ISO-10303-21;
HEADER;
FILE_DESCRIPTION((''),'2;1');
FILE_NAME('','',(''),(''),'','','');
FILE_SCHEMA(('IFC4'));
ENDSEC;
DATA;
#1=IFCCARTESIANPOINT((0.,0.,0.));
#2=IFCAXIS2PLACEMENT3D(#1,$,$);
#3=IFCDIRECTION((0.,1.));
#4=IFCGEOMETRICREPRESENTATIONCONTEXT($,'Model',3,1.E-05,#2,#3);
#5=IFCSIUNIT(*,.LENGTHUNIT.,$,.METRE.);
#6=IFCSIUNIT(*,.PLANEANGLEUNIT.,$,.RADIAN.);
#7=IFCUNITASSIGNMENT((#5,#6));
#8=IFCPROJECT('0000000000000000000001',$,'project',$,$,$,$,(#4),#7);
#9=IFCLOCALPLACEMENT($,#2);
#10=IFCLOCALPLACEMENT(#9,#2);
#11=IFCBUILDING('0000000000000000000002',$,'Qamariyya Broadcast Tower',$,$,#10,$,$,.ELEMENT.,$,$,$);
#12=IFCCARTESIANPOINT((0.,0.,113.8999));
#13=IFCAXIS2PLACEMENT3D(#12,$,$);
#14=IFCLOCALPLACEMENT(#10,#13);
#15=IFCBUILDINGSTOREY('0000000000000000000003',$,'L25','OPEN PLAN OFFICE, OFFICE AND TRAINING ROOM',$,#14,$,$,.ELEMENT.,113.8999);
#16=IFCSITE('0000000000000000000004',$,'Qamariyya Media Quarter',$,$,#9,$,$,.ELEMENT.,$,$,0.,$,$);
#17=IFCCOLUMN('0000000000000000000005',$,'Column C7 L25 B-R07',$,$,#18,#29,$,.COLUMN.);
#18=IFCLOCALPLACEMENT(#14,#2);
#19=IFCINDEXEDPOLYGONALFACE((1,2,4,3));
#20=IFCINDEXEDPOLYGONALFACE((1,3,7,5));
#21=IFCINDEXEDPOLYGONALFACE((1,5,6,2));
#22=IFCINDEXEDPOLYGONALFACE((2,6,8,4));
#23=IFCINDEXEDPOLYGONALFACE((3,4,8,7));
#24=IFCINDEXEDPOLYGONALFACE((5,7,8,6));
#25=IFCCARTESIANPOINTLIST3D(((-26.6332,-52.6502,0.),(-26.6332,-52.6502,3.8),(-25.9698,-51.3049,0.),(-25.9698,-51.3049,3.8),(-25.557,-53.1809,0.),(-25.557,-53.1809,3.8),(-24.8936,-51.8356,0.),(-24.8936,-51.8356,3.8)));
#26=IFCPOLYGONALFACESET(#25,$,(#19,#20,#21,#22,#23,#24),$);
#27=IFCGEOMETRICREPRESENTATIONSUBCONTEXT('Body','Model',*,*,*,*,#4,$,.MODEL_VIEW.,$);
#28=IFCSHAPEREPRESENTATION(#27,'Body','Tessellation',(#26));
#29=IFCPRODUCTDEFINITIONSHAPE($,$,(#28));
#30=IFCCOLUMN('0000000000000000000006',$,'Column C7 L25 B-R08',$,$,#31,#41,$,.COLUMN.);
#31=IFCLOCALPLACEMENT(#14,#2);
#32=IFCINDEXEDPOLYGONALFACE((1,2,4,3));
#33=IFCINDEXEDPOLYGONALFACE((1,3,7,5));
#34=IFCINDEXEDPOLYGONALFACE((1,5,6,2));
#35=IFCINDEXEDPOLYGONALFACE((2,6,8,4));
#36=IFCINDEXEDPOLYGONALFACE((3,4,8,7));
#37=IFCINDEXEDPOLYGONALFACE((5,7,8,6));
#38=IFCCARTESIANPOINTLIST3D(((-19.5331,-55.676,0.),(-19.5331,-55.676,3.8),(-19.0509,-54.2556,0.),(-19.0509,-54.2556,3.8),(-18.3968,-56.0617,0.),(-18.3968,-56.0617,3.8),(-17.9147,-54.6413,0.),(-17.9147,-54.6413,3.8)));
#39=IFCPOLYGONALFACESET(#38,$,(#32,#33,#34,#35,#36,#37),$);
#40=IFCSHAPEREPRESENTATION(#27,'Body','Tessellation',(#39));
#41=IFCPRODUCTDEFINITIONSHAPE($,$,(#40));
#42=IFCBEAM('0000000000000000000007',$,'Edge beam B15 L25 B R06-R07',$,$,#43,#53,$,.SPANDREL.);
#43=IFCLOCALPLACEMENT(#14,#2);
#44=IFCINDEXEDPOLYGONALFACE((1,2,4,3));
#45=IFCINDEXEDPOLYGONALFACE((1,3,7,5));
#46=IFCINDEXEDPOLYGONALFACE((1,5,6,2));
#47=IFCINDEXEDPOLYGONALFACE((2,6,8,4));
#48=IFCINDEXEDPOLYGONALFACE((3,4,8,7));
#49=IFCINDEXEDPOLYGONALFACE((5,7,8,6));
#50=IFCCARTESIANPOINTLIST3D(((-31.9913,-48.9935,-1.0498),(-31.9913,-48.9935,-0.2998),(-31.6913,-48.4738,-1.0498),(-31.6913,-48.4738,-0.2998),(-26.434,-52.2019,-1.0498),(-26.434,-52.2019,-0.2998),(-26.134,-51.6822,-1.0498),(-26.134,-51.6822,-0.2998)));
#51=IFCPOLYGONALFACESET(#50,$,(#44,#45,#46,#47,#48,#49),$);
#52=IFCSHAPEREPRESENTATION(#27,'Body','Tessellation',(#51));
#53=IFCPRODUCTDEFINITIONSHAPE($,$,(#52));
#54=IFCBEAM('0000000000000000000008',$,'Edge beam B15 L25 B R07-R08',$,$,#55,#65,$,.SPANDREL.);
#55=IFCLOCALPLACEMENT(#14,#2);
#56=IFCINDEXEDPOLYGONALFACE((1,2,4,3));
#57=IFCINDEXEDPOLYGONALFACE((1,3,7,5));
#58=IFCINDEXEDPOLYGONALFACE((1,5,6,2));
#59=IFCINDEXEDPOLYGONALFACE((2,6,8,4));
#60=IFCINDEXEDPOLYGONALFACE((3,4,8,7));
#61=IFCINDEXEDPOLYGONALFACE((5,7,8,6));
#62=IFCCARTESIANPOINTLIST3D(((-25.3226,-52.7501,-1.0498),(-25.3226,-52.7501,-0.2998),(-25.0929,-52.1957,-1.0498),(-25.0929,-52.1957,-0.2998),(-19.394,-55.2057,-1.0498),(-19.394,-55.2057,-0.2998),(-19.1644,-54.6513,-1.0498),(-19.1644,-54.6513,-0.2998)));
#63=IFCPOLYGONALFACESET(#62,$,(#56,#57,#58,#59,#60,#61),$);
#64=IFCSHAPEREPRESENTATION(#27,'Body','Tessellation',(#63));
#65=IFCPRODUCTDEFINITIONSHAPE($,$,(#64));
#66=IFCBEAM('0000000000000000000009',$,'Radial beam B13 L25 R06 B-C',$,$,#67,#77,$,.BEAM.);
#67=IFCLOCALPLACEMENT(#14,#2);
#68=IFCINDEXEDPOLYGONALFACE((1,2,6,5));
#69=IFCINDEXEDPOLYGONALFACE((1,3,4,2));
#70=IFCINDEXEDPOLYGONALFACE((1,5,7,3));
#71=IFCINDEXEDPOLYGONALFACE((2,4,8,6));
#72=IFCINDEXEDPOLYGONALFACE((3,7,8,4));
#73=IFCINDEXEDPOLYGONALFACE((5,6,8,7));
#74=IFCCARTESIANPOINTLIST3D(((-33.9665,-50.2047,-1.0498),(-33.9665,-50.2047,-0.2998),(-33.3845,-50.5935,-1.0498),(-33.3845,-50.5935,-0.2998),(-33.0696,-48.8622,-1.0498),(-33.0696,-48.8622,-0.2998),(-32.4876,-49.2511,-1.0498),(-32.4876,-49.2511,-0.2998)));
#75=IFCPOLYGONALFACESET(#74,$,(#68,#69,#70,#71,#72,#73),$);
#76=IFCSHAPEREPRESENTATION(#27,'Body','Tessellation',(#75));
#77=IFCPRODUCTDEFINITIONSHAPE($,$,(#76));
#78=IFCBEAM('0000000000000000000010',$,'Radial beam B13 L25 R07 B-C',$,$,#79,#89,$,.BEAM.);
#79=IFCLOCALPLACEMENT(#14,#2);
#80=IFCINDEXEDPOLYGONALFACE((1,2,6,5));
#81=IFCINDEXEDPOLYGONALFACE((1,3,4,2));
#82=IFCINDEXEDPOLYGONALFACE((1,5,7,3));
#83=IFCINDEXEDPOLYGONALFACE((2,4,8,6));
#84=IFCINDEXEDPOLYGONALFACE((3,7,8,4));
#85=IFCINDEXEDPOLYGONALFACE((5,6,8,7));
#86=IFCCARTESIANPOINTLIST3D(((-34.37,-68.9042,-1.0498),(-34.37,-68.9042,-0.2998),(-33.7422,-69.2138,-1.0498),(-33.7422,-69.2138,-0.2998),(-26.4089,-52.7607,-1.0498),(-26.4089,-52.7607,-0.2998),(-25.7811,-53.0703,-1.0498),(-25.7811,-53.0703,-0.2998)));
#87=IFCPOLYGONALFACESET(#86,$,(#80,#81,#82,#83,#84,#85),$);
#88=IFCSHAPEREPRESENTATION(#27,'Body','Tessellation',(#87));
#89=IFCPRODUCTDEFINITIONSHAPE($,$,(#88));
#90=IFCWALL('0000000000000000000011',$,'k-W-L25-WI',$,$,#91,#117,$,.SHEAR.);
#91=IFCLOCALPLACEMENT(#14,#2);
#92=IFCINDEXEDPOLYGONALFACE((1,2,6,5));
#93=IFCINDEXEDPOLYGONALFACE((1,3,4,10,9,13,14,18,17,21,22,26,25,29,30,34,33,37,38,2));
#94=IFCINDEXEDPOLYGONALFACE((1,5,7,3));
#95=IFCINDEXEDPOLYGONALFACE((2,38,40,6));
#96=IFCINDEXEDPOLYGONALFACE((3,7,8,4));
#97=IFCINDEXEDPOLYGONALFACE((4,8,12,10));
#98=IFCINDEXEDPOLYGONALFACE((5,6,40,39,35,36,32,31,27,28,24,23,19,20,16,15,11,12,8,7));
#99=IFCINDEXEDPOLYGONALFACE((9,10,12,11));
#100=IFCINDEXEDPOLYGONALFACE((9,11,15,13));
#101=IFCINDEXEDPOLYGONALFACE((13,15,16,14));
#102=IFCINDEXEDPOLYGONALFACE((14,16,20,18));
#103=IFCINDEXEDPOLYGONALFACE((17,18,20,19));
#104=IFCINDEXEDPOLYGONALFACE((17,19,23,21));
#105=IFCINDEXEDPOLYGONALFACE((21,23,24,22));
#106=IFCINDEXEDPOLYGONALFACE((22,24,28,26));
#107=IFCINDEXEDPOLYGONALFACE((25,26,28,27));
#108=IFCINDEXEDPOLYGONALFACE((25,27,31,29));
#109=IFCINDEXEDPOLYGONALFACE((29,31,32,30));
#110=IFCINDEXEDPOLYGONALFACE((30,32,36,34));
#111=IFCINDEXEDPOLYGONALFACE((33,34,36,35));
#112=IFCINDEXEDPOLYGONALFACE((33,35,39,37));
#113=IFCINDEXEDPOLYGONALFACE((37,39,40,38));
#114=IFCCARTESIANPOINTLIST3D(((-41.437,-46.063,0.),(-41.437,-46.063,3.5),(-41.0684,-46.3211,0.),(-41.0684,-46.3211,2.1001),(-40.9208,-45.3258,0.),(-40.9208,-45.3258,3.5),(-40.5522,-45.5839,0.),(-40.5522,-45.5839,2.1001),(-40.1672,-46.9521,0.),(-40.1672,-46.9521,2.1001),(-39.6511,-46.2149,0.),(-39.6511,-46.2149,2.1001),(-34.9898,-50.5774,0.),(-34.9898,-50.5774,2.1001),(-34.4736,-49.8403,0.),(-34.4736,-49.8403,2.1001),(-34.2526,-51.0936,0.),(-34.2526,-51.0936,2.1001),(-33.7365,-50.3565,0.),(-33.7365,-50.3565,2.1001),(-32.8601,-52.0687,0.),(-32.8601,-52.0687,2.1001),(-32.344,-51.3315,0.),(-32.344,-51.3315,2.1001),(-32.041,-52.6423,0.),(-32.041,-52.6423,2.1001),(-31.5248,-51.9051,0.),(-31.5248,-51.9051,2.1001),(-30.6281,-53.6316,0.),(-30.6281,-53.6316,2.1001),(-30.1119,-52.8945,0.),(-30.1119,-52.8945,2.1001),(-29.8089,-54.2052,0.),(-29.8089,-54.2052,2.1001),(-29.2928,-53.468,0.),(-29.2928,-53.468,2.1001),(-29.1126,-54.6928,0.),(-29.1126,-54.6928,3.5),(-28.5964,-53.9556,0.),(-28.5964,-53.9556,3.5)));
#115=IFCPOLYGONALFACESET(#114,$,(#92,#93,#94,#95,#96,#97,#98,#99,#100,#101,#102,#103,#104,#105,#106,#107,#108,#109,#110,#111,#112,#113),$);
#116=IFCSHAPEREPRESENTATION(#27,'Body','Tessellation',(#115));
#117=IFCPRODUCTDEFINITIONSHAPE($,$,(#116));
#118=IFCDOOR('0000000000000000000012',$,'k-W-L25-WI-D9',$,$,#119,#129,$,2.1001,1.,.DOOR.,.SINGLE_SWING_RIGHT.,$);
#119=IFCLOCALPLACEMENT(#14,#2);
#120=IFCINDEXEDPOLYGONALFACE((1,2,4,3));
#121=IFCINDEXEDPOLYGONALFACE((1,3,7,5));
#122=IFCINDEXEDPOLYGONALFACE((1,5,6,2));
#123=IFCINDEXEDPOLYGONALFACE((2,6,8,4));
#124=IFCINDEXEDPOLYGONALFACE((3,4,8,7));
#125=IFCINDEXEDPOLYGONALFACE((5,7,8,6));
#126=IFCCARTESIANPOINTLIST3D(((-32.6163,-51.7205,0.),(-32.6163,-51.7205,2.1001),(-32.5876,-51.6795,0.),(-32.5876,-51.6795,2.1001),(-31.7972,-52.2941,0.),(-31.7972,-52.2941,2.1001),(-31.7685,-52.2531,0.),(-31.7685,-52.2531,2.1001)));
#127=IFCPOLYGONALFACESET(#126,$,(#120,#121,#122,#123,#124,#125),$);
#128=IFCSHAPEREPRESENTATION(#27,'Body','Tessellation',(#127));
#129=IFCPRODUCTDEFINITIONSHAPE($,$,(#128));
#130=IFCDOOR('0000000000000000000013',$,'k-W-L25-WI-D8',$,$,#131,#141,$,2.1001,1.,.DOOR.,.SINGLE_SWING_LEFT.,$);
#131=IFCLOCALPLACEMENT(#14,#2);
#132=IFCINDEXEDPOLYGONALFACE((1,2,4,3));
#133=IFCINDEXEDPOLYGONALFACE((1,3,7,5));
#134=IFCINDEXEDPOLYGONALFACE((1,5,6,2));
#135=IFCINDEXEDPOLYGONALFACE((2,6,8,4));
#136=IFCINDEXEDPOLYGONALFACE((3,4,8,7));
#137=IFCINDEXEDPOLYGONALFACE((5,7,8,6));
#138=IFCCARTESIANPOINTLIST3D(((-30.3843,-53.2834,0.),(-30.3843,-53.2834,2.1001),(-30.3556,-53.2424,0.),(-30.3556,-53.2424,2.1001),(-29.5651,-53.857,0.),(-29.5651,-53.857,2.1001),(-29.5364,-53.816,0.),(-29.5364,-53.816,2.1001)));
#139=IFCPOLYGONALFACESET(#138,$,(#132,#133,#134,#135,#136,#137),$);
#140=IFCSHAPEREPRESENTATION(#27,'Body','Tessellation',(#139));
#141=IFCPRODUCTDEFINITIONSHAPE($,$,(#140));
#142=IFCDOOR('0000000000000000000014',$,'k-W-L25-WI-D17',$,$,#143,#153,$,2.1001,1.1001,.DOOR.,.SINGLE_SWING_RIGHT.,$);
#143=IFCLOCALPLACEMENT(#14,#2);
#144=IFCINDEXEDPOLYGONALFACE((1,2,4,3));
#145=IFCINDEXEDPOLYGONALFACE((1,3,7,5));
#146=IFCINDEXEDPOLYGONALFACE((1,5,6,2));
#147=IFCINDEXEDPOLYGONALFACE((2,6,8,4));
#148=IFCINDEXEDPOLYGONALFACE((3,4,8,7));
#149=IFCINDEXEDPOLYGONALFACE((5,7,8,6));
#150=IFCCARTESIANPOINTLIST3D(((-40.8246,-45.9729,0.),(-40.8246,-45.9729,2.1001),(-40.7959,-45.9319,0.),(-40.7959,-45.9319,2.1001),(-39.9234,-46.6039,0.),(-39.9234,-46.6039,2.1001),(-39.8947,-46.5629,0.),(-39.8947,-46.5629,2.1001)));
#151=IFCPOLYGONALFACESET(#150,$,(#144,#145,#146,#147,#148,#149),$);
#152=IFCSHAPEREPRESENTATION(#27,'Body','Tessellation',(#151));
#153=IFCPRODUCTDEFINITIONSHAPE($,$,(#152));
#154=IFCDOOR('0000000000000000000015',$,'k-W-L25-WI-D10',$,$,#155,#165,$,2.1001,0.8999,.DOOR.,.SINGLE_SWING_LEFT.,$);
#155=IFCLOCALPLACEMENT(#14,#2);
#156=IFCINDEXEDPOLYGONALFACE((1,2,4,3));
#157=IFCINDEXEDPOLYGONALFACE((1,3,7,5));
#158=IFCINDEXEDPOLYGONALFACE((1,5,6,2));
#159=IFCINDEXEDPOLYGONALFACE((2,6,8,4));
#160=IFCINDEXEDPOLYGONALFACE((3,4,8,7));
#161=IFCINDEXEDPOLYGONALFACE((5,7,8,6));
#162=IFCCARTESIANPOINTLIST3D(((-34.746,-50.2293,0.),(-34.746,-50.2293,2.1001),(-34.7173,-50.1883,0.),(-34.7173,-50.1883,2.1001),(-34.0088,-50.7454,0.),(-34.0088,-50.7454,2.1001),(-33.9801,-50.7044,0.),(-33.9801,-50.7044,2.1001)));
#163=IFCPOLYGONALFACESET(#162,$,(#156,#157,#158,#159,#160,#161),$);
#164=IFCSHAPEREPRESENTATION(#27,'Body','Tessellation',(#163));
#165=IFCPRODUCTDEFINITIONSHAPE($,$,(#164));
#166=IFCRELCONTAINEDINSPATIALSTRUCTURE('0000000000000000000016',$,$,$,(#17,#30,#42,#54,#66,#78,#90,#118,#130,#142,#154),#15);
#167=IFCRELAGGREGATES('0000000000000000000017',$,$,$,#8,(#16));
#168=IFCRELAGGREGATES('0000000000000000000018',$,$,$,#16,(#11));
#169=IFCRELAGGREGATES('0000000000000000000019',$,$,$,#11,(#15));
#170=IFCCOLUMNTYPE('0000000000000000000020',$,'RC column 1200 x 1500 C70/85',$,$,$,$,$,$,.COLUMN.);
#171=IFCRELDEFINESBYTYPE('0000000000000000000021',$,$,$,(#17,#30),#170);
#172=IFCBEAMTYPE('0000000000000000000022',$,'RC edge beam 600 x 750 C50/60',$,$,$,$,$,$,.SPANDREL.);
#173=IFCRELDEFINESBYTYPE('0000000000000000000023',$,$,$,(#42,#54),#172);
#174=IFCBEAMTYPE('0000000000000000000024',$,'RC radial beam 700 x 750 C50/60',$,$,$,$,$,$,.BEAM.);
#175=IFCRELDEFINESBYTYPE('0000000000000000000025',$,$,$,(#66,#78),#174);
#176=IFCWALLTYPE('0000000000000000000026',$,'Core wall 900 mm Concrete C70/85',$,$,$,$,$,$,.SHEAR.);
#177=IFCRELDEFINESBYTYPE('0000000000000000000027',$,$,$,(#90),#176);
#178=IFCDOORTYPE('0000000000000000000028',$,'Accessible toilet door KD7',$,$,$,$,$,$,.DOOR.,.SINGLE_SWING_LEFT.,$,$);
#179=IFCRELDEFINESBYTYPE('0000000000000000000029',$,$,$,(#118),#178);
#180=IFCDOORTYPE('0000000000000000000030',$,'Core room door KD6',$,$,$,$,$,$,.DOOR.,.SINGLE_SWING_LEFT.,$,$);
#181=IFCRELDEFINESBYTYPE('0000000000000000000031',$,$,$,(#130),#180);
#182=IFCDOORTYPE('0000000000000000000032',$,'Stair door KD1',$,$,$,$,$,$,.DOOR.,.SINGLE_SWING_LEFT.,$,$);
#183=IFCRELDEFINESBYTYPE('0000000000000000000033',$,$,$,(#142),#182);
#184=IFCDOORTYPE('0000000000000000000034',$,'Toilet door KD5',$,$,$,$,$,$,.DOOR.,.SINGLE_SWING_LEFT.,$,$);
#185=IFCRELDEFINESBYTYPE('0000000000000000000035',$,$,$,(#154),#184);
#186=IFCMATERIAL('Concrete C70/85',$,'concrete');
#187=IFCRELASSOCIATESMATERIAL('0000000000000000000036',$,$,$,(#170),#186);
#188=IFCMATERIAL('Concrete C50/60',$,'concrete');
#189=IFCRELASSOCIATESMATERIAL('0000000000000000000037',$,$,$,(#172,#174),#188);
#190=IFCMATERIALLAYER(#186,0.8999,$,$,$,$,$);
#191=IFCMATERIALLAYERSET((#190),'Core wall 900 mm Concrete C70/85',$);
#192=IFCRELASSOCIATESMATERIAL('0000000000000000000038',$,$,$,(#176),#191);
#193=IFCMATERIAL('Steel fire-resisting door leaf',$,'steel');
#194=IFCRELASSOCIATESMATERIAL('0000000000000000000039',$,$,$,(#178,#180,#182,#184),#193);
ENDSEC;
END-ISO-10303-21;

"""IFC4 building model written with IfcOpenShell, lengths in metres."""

from ifc_helpers import new_model, si_unit, direction, frame, frame_2d, origin, origin_2d, place, context, subcontext, project, spatial, rectangle, extrude, material, layer, layer_set, material_profile, profile_set, type_object, element, fill, save


model = new_model("IFC4")

# Units and contexts
model_context = context("Model", 3, precision=1e-05, world=origin(), true_north=direction((0.0, 1.0)))
body_context = subcontext(model_context, "Body", "Model", "MODEL_VIEW")
ifc_project = project(units=[si_unit("LENGTHUNIT", "METRE"), si_unit("PLANEANGLEUNIT", "RADIAN")], contexts=[model_context])

# Site, building, storey
site_placement = place(None, origin())
site = spatial("IfcSite", under=ifc_project, at=site_placement, Name="Qamariyya Media Quarter", CompositionType="ELEMENT", RefElevation=0.0)
building_placement = place(site_placement, origin())
building = spatial("IfcBuilding", under=site, at=building_placement, Name="Qamariyya Broadcast Tower", CompositionType="ELEMENT")
storey_placement = place(building_placement, frame((0.0, 0.0, 113.8999)))
storey = spatial("IfcBuildingStorey", under=building, at=storey_placement, Name="L25", Description="OPEN PLAN OFFICE, OFFICE AND TRAINING ROOM", CompositionType="ELEMENT", Elevation=113.8999)

# Columns
ifc_material_1 = material(Name="Concrete C70/85", Category="concrete")
ifc_material_profile_1 = material_profile(ifc_material_1, rectangle(XDim=1.2, YDim=1.5, at=origin_2d()))
ifc_profile_set_1 = profile_set([ifc_material_profile_1], Name="Concrete C70/85")
column_type = type_object("IfcColumnType", Name="RC column 1200 x 1500 C70/85", PredefinedType="COLUMN", material=ifc_profile_set_1)
for number, where, z_axis, x_axis, name in (
    (1, (-25.7634, -52.2429, 0.0), (0.0, 0.0, 1.0), (0.896873, -0.442289, 0.0), "Column C7 L25 B-R07"),
    (2, (-18.7239, -55.1587, 0.0), (0.0, 0.0, 1.0), (0.94693, -0.321439, 0.0), "Column C7 L25 B-R08"),
):
    element("IfcColumn", number, at=place(storey_placement, frame(where, z_axis=z_axis, x_axis=x_axis)), inside=storey, type_object=column_type, Name=name, PredefinedType="COLUMN", context=body_context, shape_type="SweptSolid", body=[
        extrude(rectangle(XDim=1.2, YDim=1.5, at=origin_2d()), origin(), (0.0, 0.0, 1.0), 3.8),
    ])

# Beams
ifc_material_2 = material(Name="Concrete C50/60", Category="concrete")
ifc_material_profile_2 = material_profile(ifc_material_2, rectangle(XDim=0.6001, YDim=0.75, at=origin_2d()))
ifc_profile_set_2 = profile_set([ifc_material_profile_2], Name="Concrete C50/60")
beam_type_1 = type_object("IfcBeamType", Name="RC edge beam 600 x 750 C50/60", PredefinedType="SPANDREL", material=ifc_profile_set_2)
for number, where, z_axis, x_axis, name in (
    (3, (-31.8413, -48.7336, -0.6748), (0.866029, -0.499994, 0.0), (0.499994, 0.866029, 0.0), "Edge beam B15 L25 B R06-R07"),
    (4, (-25.2078, -52.4729, -0.6748), (0.923884, -0.382672, 0.0), (0.382672, 0.923884, 0.0), "Edge beam B15 L25 B R07-R08"),
):
    element("IfcBeam", number, at=place(storey_placement, frame(where, z_axis=z_axis, x_axis=x_axis)), inside=storey, type_object=beam_type_1, Name=name, PredefinedType="SPANDREL", context=body_context, shape_type="SweptSolid", body=[
        extrude(rectangle(XDim=0.6001, YDim=0.75, at=origin_2d()), origin(), (0.0, 0.0, 1.0), 6.417),
    ])
ifc_material_profile_3 = material_profile(ifc_material_2, rectangle(XDim=0.7, YDim=0.75, at=origin_2d()))
ifc_profile_set_3 = profile_set([ifc_material_profile_3], Name="Concrete C50/60")
beam_type_2 = type_object("IfcBeamType", Name="RC radial beam 700 x 750 C50/60", PredefinedType="BEAM", material=ifc_profile_set_3)
beam_1_placement = place(storey_placement, frame((-32.7786, -49.0566, -0.6748), z_axis=(-0.555537, -0.831492, 0.0), x_axis=(0.831492, -0.555537, 0.0)))
element("IfcBeam", 5, at=beam_1_placement, inside=storey, type_object=beam_type_2, Name="Radial beam B13 L25 R06 B-C", PredefinedType="BEAM", context=body_context, shape_type="SweptSolid", body=[
    extrude(rectangle(XDim=0.7, YDim=0.75, at=origin_2d()), origin(), (0.0, 0.0, 1.0), 1.6145),
])
beam_2_placement = place(storey_placement, frame((-26.095, -52.9155, -0.6748), z_axis=(-0.442291, -0.896871, 0.0), x_axis=(0.896871, -0.442291, 0.0)))
element("IfcBeam", 6, at=beam_2_placement, inside=storey, type_object=beam_type_2, Name="Radial beam B13 L25 R07 B-C", PredefinedType="BEAM", context=body_context, shape_type="SweptSolid", body=[
    extrude(rectangle(XDim=0.7, YDim=0.75, at=origin_2d()), origin(), (0.0, 0.0, 1.0), 17.9998),
])

# Wall, openings, doors
ifc_layer_1 = layer(ifc_material_1, 0.8999)
ifc_layer_set_1 = layer_set([ifc_layer_1], Name="Core wall 900 mm Concrete C70/85")
wall_type_1 = type_object("IfcWallType", Name="Core wall 900 mm Concrete C70/85", PredefinedType="SHEAR", material=ifc_layer_set_1)
wall_1_placement = place(storey_placement, frame((-28.8545, -54.3242, 0.0), z_axis=(0.0, 0.0, 1.0), x_axis=(-0.819146, 0.573585, 0.0)))
wall_1 = element("IfcWall", 7, at=wall_1_placement, inside=storey, type_object=wall_type_1, Name="k-W-L25-WI", PredefinedType="SHEAR", context=body_context, shape_type="SweptSolid", body=[
    extrude(rectangle(XDim=15.0454, YDim=0.8999, at=frame_2d((7.5227, 0.0))), origin(), (0.0, 0.0, 1.0), 3.5),
])
opening_1_placement = place(wall_1_placement, frame((0.8501, 0.0, 0.0)))
opening_1 = element("IfcOpeningElement", 8, at=opening_1_placement, cuts=wall_1, PredefinedType="OPENING", context=body_context, shape_type="SweptSolid", body=[
    extrude(rectangle(XDim=1.0, YDim=2.1001, at=frame_2d((0.5, 1.05))), frame((0.0, 0.46, 0.0), z_axis=(0.0, -1.0, 0.0), x_axis=(1.0, 0.0, 0.0)), (0.0, 0.0, 1.0), 0.9199),
])
opening_2_placement = place(wall_1_placement, frame((3.575, 0.0, 0.0)))
opening_2 = element("IfcOpeningElement", 9, at=opening_2_placement, cuts=wall_1, PredefinedType="OPENING", context=body_context, shape_type="SweptSolid", body=[
    extrude(rectangle(XDim=1.0, YDim=2.1001, at=frame_2d((0.5, 1.05))), frame((0.0, 0.46, 0.0), z_axis=(0.0, -1.0, 0.0), x_axis=(1.0, 0.0, 0.0)), (0.0, 0.0, 1.0), 0.9199),
])
opening_3_placement = place(wall_1_placement, frame((6.2749, 0.0, 0.0)))
opening_3 = element("IfcOpeningElement", 10, at=opening_3_placement, cuts=wall_1, PredefinedType="OPENING", context=body_context, shape_type="SweptSolid", body=[
    extrude(rectangle(XDim=0.8999, YDim=2.1001, at=frame_2d((0.45, 1.05))), frame((0.0, 0.46, 0.0), z_axis=(0.0, -1.0, 0.0), x_axis=(1.0, 0.0, 0.0)), (0.0, 0.0, 1.0), 0.9199),
])
opening_4_placement = place(wall_1_placement, frame((13.4954, 0.0, 0.0)))
opening_4 = element("IfcOpeningElement", 11, at=opening_4_placement, cuts=wall_1, PredefinedType="OPENING", context=body_context, shape_type="SweptSolid", body=[
    extrude(rectangle(XDim=1.1001, YDim=2.1001, at=frame_2d((0.55, 1.05))), frame((0.0, 0.46, 0.0), z_axis=(0.0, -1.0, 0.0), x_axis=(1.0, 0.0, 0.0)), (0.0, 0.0, 1.0), 0.9199),
])
ifc_material_3 = material(Name="Steel fire-resisting door leaf", Category="steel")
door_type_1 = type_object("IfcDoorType", Name="Accessible toilet door KD7", OperationType="SINGLE_SWING_LEFT", PredefinedType="DOOR", material=ifc_material_3)
door_1_placement = place(opening_2_placement, origin())
door_1 = element("IfcDoor", 12, at=door_1_placement, inside=storey, type_object=door_type_1, Name="k-W-L25-WI-D9", OperationType="SINGLE_SWING_RIGHT", OverallHeight=2.1001, OverallWidth=1.0, PredefinedType="DOOR", context=body_context, shape_type="SweptSolid", body=[
    extrude(rectangle(XDim=1.0, YDim=2.1001, at=frame_2d((0.5, 1.05))), frame((0.0, 0.0249, 0.0), z_axis=(0.0, -1.0, 0.0), x_axis=(1.0, 0.0, 0.0)), (0.0, 0.0, 1.0), 0.05),
])
fill(opening_2, door_1)
door_type_2 = type_object("IfcDoorType", Name="Core room door KD6", OperationType="SINGLE_SWING_LEFT", PredefinedType="DOOR", material=ifc_material_3)
door_2_placement = place(opening_1_placement, origin())
door_2 = element("IfcDoor", 13, at=door_2_placement, inside=storey, type_object=door_type_2, Name="k-W-L25-WI-D8", OperationType="SINGLE_SWING_LEFT", OverallHeight=2.1001, OverallWidth=1.0, PredefinedType="DOOR", context=body_context, shape_type="SweptSolid", body=[
    extrude(rectangle(XDim=1.0, YDim=2.1001, at=frame_2d((0.5, 1.05))), frame((0.0, 0.0249, 0.0), z_axis=(0.0, -1.0, 0.0), x_axis=(1.0, 0.0, 0.0)), (0.0, 0.0, 1.0), 0.05),
])
fill(opening_1, door_2)
door_type_3 = type_object("IfcDoorType", Name="Stair door KD1", OperationType="SINGLE_SWING_LEFT", PredefinedType="DOOR", material=ifc_material_3)
door_3_placement = place(opening_4_placement, origin())
door_3 = element("IfcDoor", 14, at=door_3_placement, inside=storey, type_object=door_type_3, Name="k-W-L25-WI-D17", OperationType="SINGLE_SWING_RIGHT", OverallHeight=2.1001, OverallWidth=1.1001, PredefinedType="DOOR", context=body_context, shape_type="SweptSolid", body=[
    extrude(rectangle(XDim=1.1001, YDim=2.1001, at=frame_2d((0.55, 1.05))), frame((0.0, 0.0249, 0.0), z_axis=(0.0, -1.0, 0.0), x_axis=(1.0, 0.0, 0.0)), (0.0, 0.0, 1.0), 0.05),
])
fill(opening_4, door_3)
door_type_4 = type_object("IfcDoorType", Name="Toilet door KD5", OperationType="SINGLE_SWING_LEFT", PredefinedType="DOOR", material=ifc_material_3)
door_4_placement = place(opening_3_placement, origin())
door_4 = element("IfcDoor", 15, at=door_4_placement, inside=storey, type_object=door_type_4, Name="k-W-L25-WI-D10", OperationType="SINGLE_SWING_LEFT", OverallHeight=2.1001, OverallWidth=0.8999, PredefinedType="DOOR", context=body_context, shape_type="SweptSolid", body=[
    extrude(rectangle(XDim=0.8999, YDim=2.1001, at=frame_2d((0.45, 1.05))), frame((0.0, 0.0249, 0.0), z_axis=(0.0, -1.0, 0.0), x_axis=(1.0, 0.0, 0.0)), (0.0, 0.0, 1.0), 0.05),
])
fill(opening_3, door_4)

save(model, "model.ifc")
